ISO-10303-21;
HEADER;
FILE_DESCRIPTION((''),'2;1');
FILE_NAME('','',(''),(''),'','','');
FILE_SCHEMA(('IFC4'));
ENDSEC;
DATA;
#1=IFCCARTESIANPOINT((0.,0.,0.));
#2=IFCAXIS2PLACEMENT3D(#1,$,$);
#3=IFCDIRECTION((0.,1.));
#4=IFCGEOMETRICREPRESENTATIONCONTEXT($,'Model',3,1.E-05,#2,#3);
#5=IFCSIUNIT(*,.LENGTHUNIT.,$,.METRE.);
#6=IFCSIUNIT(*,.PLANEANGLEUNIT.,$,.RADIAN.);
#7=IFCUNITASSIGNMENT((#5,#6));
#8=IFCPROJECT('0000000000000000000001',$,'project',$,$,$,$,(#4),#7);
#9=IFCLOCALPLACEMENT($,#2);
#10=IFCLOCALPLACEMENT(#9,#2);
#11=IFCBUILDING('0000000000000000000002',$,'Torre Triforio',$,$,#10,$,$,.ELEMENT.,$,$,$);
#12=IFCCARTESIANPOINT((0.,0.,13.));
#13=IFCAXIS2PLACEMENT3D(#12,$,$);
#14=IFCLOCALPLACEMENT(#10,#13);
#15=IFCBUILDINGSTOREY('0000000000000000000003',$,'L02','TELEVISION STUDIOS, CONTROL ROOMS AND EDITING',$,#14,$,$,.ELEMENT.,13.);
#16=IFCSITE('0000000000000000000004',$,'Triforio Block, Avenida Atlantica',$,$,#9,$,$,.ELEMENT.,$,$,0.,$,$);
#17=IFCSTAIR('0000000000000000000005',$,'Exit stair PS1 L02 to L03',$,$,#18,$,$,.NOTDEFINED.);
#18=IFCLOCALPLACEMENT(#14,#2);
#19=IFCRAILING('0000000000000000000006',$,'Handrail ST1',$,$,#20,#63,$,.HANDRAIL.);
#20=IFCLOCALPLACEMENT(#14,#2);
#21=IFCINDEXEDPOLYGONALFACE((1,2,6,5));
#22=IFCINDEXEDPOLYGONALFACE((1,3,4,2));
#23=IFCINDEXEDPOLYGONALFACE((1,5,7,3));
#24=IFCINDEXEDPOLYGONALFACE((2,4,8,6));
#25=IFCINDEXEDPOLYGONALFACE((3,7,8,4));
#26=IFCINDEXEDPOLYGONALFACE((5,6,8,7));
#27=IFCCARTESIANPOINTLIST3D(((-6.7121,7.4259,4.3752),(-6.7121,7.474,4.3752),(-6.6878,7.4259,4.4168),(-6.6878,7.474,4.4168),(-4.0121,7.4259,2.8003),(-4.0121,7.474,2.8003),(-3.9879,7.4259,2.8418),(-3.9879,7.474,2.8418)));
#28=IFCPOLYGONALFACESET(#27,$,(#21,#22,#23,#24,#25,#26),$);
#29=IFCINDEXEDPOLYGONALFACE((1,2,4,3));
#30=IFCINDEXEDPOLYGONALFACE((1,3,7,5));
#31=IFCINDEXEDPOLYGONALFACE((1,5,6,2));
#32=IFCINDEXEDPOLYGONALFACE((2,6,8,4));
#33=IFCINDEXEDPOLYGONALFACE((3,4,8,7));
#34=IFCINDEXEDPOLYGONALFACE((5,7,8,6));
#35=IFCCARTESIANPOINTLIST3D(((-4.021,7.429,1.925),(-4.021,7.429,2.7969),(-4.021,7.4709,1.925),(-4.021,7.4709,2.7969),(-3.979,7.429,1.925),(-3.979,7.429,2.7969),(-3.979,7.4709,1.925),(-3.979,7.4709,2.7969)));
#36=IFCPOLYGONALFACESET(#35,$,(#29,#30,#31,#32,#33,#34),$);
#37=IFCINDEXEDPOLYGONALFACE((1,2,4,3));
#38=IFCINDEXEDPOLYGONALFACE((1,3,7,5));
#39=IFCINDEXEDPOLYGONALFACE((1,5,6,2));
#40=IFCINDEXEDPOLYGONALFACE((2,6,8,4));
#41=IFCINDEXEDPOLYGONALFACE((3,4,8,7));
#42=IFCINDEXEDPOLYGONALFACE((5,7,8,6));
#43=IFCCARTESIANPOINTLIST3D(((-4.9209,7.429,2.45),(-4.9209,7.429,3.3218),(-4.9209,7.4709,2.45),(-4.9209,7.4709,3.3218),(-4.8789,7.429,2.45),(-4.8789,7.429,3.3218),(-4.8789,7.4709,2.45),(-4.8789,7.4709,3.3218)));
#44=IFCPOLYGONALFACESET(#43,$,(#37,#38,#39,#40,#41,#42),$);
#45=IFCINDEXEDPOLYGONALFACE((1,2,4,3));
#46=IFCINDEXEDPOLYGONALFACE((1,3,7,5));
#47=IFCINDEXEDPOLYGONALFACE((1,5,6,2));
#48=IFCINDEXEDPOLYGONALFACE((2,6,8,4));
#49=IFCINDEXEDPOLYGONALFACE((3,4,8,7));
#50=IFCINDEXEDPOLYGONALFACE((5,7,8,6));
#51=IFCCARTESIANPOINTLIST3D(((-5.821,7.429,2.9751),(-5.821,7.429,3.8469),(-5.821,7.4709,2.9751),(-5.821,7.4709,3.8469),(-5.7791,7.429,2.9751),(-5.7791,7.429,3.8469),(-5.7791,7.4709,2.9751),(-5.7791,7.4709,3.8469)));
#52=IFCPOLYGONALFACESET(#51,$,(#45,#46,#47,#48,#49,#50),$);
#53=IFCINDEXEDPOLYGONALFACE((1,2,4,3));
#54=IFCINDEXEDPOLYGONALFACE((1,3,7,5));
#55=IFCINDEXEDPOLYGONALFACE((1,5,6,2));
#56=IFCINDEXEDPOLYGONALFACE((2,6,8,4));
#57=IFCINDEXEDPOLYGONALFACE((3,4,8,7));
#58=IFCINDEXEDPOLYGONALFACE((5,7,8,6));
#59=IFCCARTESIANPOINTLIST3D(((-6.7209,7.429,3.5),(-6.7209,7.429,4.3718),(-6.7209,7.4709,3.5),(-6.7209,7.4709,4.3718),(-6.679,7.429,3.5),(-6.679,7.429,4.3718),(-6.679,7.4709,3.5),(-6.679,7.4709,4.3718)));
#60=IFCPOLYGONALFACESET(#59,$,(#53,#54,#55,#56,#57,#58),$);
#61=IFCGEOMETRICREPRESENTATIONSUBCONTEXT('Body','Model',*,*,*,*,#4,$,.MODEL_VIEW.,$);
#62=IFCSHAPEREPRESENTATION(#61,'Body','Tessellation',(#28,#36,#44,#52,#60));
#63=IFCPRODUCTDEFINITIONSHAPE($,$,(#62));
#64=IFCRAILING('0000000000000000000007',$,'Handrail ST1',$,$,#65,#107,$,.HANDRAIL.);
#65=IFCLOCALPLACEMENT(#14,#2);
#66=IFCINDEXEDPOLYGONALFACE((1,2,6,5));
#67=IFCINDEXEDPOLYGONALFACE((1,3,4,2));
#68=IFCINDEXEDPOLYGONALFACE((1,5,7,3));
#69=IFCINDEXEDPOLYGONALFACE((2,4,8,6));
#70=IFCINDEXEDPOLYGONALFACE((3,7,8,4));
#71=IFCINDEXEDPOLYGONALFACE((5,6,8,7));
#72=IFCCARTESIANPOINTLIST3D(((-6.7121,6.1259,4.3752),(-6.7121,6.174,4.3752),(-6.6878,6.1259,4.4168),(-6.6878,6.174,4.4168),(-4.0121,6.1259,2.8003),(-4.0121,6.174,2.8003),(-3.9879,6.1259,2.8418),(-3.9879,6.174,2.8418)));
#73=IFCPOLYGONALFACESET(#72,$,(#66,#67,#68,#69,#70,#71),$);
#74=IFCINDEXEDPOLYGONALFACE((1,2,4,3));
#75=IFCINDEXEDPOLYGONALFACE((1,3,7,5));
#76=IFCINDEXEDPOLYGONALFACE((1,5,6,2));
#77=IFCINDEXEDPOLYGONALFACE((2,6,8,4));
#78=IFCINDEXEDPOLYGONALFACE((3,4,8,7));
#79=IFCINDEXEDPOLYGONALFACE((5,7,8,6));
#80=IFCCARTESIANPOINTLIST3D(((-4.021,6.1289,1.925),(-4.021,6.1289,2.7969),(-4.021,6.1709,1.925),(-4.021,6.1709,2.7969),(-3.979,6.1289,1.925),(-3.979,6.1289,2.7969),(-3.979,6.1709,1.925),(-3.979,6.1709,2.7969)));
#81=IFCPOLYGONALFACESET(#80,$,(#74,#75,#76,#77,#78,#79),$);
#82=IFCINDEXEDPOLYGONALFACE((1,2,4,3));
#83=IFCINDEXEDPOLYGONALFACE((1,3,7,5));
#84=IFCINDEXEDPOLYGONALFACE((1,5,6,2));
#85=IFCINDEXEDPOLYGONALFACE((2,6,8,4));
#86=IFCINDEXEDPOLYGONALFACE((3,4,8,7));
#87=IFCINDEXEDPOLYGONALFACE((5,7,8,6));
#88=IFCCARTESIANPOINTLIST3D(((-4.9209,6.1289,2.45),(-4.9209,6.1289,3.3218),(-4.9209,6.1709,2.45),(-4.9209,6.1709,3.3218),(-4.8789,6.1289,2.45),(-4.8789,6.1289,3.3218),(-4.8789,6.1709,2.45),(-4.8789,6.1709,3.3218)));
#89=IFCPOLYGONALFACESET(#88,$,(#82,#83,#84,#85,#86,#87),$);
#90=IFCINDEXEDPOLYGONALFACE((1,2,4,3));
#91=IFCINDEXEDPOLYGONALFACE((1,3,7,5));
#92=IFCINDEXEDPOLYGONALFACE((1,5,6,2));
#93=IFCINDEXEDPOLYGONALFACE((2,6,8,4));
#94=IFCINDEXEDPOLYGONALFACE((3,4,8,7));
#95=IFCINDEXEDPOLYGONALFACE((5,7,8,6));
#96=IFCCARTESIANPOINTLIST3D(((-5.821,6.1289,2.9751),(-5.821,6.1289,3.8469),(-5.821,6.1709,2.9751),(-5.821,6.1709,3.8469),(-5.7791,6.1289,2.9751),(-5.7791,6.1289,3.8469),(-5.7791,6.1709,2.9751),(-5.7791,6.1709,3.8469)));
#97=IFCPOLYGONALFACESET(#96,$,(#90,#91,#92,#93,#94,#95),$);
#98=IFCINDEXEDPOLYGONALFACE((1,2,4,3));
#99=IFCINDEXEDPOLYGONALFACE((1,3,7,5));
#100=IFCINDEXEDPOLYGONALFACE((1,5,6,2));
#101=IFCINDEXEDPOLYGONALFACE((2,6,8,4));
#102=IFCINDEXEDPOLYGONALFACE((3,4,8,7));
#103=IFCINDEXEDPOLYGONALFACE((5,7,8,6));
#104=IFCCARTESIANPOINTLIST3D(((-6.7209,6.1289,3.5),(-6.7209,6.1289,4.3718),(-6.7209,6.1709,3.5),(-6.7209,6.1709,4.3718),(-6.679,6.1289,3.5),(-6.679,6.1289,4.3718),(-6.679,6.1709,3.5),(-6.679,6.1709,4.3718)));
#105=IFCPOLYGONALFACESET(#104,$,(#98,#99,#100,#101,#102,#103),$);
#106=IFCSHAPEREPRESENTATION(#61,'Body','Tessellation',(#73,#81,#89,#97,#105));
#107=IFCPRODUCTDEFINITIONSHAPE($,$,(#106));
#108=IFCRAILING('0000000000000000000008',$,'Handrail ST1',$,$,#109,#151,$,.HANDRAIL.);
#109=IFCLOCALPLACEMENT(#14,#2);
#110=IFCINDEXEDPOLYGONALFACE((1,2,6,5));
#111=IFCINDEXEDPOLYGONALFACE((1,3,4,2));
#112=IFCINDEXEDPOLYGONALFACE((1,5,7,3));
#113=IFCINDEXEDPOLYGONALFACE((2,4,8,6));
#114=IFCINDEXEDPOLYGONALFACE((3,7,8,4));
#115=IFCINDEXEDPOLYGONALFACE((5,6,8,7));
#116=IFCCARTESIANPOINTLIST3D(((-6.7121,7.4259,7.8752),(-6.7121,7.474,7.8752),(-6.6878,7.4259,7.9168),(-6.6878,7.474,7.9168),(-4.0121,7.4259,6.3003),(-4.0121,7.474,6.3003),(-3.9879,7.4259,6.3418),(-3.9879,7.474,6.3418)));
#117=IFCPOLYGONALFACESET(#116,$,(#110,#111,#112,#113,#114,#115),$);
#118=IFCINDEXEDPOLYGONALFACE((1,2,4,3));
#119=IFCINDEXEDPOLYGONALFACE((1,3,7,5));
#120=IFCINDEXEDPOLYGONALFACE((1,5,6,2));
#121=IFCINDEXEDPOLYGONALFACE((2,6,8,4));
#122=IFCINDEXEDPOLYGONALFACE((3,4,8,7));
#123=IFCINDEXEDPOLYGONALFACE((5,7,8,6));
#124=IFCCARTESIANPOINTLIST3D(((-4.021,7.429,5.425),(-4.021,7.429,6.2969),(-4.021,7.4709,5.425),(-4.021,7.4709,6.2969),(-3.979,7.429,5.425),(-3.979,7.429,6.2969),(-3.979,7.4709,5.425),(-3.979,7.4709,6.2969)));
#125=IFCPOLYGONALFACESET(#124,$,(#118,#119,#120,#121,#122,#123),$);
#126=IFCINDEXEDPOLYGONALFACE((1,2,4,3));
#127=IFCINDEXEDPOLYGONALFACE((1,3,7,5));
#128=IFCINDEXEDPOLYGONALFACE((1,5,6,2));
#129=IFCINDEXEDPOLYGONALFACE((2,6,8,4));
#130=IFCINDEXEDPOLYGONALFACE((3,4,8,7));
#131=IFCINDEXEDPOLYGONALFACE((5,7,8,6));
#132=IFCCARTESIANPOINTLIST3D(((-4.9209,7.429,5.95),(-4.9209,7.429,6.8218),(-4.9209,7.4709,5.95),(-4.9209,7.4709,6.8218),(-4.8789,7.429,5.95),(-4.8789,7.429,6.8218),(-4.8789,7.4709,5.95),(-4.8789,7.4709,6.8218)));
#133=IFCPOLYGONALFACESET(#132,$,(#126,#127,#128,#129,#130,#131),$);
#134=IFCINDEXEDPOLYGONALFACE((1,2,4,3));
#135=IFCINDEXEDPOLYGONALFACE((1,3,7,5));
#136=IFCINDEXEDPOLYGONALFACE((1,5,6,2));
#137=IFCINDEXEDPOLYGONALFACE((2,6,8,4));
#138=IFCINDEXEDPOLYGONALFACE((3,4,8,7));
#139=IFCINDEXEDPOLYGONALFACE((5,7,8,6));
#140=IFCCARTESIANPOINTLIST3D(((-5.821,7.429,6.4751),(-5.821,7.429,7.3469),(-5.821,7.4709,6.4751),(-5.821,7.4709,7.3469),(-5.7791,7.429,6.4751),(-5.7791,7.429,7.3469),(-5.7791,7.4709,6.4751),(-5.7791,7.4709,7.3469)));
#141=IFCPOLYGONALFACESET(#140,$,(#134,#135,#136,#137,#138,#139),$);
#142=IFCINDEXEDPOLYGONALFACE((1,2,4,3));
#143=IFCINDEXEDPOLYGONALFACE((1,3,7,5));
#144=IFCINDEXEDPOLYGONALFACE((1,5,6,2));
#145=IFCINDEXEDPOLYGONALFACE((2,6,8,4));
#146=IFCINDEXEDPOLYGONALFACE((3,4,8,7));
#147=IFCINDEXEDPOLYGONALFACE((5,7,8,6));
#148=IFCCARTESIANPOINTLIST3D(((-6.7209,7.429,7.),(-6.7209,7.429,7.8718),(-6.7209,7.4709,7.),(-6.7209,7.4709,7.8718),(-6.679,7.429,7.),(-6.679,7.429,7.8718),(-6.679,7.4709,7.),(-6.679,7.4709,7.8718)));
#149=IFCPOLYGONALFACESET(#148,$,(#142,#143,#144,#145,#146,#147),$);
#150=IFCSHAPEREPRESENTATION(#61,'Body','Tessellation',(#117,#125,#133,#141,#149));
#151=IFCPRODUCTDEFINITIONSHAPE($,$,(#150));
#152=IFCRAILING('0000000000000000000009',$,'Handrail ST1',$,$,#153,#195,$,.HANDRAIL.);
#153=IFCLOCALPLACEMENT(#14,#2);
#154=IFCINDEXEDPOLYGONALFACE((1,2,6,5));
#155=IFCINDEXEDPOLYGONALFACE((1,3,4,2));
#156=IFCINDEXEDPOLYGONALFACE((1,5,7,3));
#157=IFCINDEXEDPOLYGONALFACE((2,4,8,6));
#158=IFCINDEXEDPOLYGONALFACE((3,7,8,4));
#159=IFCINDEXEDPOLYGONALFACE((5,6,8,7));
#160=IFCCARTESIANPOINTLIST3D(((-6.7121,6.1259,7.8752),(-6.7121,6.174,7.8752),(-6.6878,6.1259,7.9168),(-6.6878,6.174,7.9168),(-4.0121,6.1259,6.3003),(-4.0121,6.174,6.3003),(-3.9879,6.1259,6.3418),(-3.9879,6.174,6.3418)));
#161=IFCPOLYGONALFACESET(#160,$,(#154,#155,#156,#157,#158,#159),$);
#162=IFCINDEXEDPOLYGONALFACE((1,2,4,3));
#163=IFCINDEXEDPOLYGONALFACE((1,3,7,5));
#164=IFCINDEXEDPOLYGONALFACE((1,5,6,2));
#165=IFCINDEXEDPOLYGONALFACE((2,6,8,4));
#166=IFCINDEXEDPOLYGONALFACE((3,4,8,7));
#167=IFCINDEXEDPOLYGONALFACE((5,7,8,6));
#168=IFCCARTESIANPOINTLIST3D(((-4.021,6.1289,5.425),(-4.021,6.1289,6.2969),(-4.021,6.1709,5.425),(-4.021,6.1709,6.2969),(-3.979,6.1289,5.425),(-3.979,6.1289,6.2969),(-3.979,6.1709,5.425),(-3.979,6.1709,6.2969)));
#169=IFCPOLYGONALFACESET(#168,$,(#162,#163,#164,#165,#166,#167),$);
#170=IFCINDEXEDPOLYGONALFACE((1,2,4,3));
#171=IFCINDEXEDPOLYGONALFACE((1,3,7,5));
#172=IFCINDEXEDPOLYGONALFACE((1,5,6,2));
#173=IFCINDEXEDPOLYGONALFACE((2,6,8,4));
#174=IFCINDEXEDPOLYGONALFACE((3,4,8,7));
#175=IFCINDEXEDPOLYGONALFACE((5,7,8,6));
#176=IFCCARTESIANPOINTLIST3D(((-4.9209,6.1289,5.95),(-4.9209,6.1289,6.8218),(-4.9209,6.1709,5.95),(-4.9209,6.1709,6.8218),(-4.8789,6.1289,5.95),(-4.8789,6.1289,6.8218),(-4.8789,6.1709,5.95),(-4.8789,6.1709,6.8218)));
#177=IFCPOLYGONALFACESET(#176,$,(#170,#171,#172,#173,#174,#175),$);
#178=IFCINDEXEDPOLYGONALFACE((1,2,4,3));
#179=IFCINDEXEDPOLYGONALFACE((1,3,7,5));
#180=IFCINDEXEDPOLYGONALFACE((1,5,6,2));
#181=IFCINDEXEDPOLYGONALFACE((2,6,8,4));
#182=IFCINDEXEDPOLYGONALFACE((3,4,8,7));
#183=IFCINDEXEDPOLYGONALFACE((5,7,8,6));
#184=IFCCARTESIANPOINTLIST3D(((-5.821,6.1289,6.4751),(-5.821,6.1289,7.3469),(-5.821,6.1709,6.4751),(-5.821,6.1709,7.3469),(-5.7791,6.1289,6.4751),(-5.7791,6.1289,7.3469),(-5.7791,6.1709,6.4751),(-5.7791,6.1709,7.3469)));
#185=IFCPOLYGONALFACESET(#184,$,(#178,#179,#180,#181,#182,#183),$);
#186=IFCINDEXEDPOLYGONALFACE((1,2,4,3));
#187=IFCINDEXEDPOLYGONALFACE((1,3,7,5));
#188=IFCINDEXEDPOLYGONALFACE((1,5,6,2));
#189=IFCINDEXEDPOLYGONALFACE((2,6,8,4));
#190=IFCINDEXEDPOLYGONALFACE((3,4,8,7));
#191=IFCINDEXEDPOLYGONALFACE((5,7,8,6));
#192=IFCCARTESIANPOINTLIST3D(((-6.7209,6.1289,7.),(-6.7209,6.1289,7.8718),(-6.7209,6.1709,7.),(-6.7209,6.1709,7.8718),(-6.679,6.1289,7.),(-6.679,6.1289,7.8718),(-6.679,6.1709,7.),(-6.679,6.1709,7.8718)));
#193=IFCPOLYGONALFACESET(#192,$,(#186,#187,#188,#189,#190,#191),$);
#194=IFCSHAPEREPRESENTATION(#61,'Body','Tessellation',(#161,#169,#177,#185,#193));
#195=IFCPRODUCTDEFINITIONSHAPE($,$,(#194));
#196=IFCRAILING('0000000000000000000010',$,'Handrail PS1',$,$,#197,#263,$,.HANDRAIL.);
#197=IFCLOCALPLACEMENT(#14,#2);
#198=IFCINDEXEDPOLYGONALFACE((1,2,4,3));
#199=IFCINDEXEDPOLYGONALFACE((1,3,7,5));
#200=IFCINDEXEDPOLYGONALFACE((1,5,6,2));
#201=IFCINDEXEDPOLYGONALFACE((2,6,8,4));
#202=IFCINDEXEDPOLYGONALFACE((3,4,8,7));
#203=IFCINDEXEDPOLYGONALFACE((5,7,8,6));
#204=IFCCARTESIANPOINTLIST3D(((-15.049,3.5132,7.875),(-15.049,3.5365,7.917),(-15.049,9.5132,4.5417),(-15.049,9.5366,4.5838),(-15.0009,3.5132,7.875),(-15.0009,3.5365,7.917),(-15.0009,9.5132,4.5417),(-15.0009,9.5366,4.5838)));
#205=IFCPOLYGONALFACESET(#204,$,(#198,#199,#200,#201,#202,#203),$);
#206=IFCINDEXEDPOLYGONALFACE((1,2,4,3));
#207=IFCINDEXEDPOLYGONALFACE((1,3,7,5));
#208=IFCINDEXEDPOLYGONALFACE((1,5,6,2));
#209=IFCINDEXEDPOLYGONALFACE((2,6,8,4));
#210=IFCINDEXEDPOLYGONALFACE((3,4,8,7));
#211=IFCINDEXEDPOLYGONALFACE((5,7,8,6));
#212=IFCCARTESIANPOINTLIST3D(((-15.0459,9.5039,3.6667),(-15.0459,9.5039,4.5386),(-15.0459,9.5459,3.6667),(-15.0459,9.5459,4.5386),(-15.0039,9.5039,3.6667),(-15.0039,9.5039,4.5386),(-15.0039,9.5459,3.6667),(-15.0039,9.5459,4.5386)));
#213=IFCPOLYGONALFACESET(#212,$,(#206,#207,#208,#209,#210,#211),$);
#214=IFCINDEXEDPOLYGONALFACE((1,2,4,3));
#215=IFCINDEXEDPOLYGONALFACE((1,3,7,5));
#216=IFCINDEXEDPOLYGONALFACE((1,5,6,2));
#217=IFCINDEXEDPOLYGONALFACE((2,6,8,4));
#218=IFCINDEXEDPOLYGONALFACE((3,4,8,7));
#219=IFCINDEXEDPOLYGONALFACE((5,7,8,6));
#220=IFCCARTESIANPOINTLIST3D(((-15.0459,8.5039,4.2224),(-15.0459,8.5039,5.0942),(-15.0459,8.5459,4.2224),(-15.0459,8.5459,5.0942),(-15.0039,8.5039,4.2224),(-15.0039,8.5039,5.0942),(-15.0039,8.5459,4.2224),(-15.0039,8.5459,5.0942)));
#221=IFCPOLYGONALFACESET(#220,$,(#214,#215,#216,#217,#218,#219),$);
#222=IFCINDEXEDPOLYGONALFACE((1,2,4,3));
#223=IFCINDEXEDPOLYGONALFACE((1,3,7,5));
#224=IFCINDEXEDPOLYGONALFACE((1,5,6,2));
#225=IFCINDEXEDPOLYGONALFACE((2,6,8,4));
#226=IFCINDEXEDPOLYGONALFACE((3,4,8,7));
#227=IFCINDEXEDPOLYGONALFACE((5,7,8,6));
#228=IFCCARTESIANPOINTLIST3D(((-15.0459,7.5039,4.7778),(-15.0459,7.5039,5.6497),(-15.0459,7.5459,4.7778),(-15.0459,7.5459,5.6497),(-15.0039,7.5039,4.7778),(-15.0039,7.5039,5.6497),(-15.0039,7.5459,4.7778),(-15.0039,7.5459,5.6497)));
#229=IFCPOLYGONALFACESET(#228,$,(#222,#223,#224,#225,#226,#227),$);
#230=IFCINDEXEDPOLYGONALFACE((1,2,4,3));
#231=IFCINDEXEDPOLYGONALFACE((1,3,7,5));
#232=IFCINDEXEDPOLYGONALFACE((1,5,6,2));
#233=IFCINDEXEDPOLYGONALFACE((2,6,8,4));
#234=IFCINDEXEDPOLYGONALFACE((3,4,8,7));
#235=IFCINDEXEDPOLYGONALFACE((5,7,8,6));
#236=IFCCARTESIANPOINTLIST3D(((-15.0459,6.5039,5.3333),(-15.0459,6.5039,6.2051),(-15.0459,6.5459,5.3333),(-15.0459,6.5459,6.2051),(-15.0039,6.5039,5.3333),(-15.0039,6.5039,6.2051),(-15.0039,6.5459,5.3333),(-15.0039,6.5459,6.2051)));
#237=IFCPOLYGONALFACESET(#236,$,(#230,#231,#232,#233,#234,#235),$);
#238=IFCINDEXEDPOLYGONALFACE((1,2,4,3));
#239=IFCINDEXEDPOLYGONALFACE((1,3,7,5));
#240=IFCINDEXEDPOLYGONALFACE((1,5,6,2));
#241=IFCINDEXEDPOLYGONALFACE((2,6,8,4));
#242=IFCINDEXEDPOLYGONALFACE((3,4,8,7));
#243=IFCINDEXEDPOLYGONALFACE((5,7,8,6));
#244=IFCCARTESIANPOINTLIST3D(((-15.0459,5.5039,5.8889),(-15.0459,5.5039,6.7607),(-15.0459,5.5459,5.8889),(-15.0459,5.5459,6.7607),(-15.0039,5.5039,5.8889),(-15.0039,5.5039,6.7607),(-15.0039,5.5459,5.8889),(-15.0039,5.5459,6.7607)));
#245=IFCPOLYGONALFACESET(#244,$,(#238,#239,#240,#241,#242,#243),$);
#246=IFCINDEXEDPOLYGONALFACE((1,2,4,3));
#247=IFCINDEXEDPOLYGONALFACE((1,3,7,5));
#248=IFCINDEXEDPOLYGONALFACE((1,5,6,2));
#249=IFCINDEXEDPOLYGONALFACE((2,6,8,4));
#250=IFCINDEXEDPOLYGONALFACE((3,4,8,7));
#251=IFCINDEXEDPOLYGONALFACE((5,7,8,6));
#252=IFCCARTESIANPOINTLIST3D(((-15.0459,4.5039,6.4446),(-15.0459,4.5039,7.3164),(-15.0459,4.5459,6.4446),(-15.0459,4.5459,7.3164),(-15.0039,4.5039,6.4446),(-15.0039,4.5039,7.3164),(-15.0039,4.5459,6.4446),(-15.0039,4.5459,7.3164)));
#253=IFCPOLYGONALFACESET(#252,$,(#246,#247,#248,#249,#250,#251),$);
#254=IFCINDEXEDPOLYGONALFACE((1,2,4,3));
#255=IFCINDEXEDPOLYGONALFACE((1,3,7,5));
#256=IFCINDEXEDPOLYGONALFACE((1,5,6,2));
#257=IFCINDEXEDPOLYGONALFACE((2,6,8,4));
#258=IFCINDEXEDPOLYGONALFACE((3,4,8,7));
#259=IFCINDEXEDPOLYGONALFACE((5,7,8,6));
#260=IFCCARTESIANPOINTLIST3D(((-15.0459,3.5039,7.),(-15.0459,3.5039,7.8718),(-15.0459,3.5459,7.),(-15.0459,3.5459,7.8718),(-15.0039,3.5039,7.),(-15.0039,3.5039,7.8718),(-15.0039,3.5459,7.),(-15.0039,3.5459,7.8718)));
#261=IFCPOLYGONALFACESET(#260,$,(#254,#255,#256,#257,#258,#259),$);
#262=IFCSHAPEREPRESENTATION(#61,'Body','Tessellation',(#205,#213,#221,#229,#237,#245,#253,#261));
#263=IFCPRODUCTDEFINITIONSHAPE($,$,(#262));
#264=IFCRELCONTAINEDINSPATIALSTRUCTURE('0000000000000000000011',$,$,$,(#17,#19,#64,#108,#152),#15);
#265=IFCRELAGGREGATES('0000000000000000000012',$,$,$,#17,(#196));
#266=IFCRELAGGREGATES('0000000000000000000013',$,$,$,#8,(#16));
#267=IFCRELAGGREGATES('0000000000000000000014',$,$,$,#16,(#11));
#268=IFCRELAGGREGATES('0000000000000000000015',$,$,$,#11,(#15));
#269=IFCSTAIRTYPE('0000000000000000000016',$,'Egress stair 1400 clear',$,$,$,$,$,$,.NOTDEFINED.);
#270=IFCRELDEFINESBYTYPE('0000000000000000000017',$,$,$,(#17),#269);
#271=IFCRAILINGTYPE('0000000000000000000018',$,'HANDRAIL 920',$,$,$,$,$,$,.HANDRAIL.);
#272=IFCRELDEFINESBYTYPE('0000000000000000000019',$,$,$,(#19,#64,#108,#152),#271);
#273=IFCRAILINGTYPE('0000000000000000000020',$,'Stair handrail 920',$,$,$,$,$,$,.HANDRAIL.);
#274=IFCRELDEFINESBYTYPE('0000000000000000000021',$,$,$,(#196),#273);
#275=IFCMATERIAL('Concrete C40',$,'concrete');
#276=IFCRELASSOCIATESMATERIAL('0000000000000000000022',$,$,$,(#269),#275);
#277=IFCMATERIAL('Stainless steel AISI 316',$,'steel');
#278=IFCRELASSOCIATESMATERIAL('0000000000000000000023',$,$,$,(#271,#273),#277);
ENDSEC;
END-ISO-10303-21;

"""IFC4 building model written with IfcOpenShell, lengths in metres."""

from ifc_helpers import new_model, si_unit, direction, frame, origin, origin_2d, place, context, subcontext, project, spatial, rectangle, extrude, material, type_object, element, aggregate, save


model = new_model("IFC4")

# Units and contexts
model_context = context("Model", 3, precision=1e-05, world=origin(), true_north=direction((0.0, 1.0)))
body_context = subcontext(model_context, "Body", "Model", "MODEL_VIEW")
ifc_project = project(units=[si_unit("LENGTHUNIT", "METRE"), si_unit("PLANEANGLEUNIT", "RADIAN")], contexts=[model_context])

# Site, building, storey
site_placement = place(None, origin())
site = spatial("IfcSite", under=ifc_project, at=site_placement, Name="Triforio Block, Avenida Atlantica", CompositionType="ELEMENT", RefElevation=0.0)
building_placement = place(site_placement, origin())
building = spatial("IfcBuilding", under=site, at=building_placement, Name="Torre Triforio", CompositionType="ELEMENT")
storey_placement = place(building_placement, frame((0.0, 0.0, 13.0)))
storey = spatial("IfcBuildingStorey", under=building, at=storey_placement, Name="L02", Description="TELEVISION STUDIOS, CONTROL ROOMS AND EDITING", CompositionType="ELEMENT", Elevation=13.0)

# Stair
ifc_material_1 = material(Name="Concrete C40", Category="concrete")
stair_type_1 = type_object("IfcStairType", Name="Egress stair 1400 clear", PredefinedType="NOTDEFINED", material=ifc_material_1)
stair_1_placement = place(storey_placement, origin())
stair_1 = element("IfcStair", 1, at=stair_1_placement, inside=storey, type_object=stair_type_1, Name="Exit stair PS1 L02 to L03", PredefinedType="NOTDEFINED")

# Railings
ifc_material_2 = material(Name="Stainless steel AISI 316", Category="steel")
railing_type_1 = type_object("IfcRailingType", Name="HANDRAIL 920", PredefinedType="HANDRAIL", material=ifc_material_2)
for number, where, name in (
    (2, (-4.0, 7.45, 1.925), "Handrail ST1"),
    (3, (-4.0, 6.1499, 1.925), "Handrail ST1"),
    (4, (-4.0, 7.45, 5.425), "Handrail ST1"),
    (5, (-4.0, 6.1499, 5.425), "Handrail ST1"),
):
    element("IfcRailing", number, at=place(storey_placement, frame(where)), inside=storey, type_object=railing_type_1, Name=name, PredefinedType="HANDRAIL", context=body_context, shape_type="SweptSolid", body=[
        extrude(rectangle(XDim=0.0481, YDim=0.0481, at=origin_2d()), frame((0.0, 0.0, 0.896), z_axis=(-0.863782, 0.0, 0.503866), x_axis=(0.0, -1.0, 0.0)), (0.0, 0.0, 1.0), 3.1257),
        extrude(rectangle(XDim=0.042, YDim=0.042, at=origin_2d()), origin(), (0.0, 0.0, 1.0), 0.8718),
        extrude(rectangle(XDim=0.042, YDim=0.042, at=origin_2d()), frame((-0.8999, 0.0, 0.5249)), (0.0, 0.0, 1.0), 0.8718),
        extrude(rectangle(XDim=0.042, YDim=0.042, at=origin_2d()), frame((-1.8, 0.0, 1.05)), (0.0, 0.0, 1.0), 0.8718),
        extrude(rectangle(XDim=0.042, YDim=0.042, at=origin_2d()), frame((-2.7, 0.0, 1.575)), (0.0, 0.0, 1.0), 0.8718),
    ])

# Railing
railing_type_2 = type_object("IfcRailingType", Name="Stair handrail 920", PredefinedType="HANDRAIL", material=ifc_material_2)
railing_1_placement = place(storey_placement, frame((-15.0249, 9.5249, 3.6667)))
railing_1 = element("IfcRailing", 6, at=railing_1_placement, type_object=railing_type_2, Name="Handrail PS1", PredefinedType="HANDRAIL", context=body_context, shape_type="SweptSolid", body=[
    extrude(rectangle(XDim=0.0481, YDim=0.0481, at=origin_2d()), frame((0.0, 0.0, 0.896), z_axis=(0.0, -0.874162, 0.485634), x_axis=(1.0, 0.0, 0.0)), (0.0, 0.0, 1.0), 6.8638),
    extrude(rectangle(XDim=0.042, YDim=0.042, at=origin_2d()), origin(), (0.0, 0.0, 1.0), 0.8718),
    extrude(rectangle(XDim=0.042, YDim=0.042, at=origin_2d()), frame((0.0, -1.0, 0.5557)), (0.0, 0.0, 1.0), 0.8718),
    extrude(rectangle(XDim=0.042, YDim=0.042, at=origin_2d()), frame((0.0, -2.0, 1.1111)), (0.0, 0.0, 1.0), 0.8718),
    extrude(rectangle(XDim=0.042, YDim=0.042, at=origin_2d()), frame((0.0, -3.0, 1.6665)), (0.0, 0.0, 1.0), 0.8718),
    extrude(rectangle(XDim=0.042, YDim=0.042, at=origin_2d()), frame((0.0, -4.0, 2.2222)), (0.0, 0.0, 1.0), 0.8718),
    extrude(rectangle(XDim=0.042, YDim=0.042, at=origin_2d()), frame((0.0, -5.0, 2.7778)), (0.0, 0.0, 1.0), 0.8718),
    extrude(rectangle(XDim=0.042, YDim=0.042, at=origin_2d()), frame((0.0, -6.0, 3.3333)), (0.0, 0.0, 1.0), 0.8718),
])
aggregate(stair_1, [railing_1])

save(model, "model.ifc")
